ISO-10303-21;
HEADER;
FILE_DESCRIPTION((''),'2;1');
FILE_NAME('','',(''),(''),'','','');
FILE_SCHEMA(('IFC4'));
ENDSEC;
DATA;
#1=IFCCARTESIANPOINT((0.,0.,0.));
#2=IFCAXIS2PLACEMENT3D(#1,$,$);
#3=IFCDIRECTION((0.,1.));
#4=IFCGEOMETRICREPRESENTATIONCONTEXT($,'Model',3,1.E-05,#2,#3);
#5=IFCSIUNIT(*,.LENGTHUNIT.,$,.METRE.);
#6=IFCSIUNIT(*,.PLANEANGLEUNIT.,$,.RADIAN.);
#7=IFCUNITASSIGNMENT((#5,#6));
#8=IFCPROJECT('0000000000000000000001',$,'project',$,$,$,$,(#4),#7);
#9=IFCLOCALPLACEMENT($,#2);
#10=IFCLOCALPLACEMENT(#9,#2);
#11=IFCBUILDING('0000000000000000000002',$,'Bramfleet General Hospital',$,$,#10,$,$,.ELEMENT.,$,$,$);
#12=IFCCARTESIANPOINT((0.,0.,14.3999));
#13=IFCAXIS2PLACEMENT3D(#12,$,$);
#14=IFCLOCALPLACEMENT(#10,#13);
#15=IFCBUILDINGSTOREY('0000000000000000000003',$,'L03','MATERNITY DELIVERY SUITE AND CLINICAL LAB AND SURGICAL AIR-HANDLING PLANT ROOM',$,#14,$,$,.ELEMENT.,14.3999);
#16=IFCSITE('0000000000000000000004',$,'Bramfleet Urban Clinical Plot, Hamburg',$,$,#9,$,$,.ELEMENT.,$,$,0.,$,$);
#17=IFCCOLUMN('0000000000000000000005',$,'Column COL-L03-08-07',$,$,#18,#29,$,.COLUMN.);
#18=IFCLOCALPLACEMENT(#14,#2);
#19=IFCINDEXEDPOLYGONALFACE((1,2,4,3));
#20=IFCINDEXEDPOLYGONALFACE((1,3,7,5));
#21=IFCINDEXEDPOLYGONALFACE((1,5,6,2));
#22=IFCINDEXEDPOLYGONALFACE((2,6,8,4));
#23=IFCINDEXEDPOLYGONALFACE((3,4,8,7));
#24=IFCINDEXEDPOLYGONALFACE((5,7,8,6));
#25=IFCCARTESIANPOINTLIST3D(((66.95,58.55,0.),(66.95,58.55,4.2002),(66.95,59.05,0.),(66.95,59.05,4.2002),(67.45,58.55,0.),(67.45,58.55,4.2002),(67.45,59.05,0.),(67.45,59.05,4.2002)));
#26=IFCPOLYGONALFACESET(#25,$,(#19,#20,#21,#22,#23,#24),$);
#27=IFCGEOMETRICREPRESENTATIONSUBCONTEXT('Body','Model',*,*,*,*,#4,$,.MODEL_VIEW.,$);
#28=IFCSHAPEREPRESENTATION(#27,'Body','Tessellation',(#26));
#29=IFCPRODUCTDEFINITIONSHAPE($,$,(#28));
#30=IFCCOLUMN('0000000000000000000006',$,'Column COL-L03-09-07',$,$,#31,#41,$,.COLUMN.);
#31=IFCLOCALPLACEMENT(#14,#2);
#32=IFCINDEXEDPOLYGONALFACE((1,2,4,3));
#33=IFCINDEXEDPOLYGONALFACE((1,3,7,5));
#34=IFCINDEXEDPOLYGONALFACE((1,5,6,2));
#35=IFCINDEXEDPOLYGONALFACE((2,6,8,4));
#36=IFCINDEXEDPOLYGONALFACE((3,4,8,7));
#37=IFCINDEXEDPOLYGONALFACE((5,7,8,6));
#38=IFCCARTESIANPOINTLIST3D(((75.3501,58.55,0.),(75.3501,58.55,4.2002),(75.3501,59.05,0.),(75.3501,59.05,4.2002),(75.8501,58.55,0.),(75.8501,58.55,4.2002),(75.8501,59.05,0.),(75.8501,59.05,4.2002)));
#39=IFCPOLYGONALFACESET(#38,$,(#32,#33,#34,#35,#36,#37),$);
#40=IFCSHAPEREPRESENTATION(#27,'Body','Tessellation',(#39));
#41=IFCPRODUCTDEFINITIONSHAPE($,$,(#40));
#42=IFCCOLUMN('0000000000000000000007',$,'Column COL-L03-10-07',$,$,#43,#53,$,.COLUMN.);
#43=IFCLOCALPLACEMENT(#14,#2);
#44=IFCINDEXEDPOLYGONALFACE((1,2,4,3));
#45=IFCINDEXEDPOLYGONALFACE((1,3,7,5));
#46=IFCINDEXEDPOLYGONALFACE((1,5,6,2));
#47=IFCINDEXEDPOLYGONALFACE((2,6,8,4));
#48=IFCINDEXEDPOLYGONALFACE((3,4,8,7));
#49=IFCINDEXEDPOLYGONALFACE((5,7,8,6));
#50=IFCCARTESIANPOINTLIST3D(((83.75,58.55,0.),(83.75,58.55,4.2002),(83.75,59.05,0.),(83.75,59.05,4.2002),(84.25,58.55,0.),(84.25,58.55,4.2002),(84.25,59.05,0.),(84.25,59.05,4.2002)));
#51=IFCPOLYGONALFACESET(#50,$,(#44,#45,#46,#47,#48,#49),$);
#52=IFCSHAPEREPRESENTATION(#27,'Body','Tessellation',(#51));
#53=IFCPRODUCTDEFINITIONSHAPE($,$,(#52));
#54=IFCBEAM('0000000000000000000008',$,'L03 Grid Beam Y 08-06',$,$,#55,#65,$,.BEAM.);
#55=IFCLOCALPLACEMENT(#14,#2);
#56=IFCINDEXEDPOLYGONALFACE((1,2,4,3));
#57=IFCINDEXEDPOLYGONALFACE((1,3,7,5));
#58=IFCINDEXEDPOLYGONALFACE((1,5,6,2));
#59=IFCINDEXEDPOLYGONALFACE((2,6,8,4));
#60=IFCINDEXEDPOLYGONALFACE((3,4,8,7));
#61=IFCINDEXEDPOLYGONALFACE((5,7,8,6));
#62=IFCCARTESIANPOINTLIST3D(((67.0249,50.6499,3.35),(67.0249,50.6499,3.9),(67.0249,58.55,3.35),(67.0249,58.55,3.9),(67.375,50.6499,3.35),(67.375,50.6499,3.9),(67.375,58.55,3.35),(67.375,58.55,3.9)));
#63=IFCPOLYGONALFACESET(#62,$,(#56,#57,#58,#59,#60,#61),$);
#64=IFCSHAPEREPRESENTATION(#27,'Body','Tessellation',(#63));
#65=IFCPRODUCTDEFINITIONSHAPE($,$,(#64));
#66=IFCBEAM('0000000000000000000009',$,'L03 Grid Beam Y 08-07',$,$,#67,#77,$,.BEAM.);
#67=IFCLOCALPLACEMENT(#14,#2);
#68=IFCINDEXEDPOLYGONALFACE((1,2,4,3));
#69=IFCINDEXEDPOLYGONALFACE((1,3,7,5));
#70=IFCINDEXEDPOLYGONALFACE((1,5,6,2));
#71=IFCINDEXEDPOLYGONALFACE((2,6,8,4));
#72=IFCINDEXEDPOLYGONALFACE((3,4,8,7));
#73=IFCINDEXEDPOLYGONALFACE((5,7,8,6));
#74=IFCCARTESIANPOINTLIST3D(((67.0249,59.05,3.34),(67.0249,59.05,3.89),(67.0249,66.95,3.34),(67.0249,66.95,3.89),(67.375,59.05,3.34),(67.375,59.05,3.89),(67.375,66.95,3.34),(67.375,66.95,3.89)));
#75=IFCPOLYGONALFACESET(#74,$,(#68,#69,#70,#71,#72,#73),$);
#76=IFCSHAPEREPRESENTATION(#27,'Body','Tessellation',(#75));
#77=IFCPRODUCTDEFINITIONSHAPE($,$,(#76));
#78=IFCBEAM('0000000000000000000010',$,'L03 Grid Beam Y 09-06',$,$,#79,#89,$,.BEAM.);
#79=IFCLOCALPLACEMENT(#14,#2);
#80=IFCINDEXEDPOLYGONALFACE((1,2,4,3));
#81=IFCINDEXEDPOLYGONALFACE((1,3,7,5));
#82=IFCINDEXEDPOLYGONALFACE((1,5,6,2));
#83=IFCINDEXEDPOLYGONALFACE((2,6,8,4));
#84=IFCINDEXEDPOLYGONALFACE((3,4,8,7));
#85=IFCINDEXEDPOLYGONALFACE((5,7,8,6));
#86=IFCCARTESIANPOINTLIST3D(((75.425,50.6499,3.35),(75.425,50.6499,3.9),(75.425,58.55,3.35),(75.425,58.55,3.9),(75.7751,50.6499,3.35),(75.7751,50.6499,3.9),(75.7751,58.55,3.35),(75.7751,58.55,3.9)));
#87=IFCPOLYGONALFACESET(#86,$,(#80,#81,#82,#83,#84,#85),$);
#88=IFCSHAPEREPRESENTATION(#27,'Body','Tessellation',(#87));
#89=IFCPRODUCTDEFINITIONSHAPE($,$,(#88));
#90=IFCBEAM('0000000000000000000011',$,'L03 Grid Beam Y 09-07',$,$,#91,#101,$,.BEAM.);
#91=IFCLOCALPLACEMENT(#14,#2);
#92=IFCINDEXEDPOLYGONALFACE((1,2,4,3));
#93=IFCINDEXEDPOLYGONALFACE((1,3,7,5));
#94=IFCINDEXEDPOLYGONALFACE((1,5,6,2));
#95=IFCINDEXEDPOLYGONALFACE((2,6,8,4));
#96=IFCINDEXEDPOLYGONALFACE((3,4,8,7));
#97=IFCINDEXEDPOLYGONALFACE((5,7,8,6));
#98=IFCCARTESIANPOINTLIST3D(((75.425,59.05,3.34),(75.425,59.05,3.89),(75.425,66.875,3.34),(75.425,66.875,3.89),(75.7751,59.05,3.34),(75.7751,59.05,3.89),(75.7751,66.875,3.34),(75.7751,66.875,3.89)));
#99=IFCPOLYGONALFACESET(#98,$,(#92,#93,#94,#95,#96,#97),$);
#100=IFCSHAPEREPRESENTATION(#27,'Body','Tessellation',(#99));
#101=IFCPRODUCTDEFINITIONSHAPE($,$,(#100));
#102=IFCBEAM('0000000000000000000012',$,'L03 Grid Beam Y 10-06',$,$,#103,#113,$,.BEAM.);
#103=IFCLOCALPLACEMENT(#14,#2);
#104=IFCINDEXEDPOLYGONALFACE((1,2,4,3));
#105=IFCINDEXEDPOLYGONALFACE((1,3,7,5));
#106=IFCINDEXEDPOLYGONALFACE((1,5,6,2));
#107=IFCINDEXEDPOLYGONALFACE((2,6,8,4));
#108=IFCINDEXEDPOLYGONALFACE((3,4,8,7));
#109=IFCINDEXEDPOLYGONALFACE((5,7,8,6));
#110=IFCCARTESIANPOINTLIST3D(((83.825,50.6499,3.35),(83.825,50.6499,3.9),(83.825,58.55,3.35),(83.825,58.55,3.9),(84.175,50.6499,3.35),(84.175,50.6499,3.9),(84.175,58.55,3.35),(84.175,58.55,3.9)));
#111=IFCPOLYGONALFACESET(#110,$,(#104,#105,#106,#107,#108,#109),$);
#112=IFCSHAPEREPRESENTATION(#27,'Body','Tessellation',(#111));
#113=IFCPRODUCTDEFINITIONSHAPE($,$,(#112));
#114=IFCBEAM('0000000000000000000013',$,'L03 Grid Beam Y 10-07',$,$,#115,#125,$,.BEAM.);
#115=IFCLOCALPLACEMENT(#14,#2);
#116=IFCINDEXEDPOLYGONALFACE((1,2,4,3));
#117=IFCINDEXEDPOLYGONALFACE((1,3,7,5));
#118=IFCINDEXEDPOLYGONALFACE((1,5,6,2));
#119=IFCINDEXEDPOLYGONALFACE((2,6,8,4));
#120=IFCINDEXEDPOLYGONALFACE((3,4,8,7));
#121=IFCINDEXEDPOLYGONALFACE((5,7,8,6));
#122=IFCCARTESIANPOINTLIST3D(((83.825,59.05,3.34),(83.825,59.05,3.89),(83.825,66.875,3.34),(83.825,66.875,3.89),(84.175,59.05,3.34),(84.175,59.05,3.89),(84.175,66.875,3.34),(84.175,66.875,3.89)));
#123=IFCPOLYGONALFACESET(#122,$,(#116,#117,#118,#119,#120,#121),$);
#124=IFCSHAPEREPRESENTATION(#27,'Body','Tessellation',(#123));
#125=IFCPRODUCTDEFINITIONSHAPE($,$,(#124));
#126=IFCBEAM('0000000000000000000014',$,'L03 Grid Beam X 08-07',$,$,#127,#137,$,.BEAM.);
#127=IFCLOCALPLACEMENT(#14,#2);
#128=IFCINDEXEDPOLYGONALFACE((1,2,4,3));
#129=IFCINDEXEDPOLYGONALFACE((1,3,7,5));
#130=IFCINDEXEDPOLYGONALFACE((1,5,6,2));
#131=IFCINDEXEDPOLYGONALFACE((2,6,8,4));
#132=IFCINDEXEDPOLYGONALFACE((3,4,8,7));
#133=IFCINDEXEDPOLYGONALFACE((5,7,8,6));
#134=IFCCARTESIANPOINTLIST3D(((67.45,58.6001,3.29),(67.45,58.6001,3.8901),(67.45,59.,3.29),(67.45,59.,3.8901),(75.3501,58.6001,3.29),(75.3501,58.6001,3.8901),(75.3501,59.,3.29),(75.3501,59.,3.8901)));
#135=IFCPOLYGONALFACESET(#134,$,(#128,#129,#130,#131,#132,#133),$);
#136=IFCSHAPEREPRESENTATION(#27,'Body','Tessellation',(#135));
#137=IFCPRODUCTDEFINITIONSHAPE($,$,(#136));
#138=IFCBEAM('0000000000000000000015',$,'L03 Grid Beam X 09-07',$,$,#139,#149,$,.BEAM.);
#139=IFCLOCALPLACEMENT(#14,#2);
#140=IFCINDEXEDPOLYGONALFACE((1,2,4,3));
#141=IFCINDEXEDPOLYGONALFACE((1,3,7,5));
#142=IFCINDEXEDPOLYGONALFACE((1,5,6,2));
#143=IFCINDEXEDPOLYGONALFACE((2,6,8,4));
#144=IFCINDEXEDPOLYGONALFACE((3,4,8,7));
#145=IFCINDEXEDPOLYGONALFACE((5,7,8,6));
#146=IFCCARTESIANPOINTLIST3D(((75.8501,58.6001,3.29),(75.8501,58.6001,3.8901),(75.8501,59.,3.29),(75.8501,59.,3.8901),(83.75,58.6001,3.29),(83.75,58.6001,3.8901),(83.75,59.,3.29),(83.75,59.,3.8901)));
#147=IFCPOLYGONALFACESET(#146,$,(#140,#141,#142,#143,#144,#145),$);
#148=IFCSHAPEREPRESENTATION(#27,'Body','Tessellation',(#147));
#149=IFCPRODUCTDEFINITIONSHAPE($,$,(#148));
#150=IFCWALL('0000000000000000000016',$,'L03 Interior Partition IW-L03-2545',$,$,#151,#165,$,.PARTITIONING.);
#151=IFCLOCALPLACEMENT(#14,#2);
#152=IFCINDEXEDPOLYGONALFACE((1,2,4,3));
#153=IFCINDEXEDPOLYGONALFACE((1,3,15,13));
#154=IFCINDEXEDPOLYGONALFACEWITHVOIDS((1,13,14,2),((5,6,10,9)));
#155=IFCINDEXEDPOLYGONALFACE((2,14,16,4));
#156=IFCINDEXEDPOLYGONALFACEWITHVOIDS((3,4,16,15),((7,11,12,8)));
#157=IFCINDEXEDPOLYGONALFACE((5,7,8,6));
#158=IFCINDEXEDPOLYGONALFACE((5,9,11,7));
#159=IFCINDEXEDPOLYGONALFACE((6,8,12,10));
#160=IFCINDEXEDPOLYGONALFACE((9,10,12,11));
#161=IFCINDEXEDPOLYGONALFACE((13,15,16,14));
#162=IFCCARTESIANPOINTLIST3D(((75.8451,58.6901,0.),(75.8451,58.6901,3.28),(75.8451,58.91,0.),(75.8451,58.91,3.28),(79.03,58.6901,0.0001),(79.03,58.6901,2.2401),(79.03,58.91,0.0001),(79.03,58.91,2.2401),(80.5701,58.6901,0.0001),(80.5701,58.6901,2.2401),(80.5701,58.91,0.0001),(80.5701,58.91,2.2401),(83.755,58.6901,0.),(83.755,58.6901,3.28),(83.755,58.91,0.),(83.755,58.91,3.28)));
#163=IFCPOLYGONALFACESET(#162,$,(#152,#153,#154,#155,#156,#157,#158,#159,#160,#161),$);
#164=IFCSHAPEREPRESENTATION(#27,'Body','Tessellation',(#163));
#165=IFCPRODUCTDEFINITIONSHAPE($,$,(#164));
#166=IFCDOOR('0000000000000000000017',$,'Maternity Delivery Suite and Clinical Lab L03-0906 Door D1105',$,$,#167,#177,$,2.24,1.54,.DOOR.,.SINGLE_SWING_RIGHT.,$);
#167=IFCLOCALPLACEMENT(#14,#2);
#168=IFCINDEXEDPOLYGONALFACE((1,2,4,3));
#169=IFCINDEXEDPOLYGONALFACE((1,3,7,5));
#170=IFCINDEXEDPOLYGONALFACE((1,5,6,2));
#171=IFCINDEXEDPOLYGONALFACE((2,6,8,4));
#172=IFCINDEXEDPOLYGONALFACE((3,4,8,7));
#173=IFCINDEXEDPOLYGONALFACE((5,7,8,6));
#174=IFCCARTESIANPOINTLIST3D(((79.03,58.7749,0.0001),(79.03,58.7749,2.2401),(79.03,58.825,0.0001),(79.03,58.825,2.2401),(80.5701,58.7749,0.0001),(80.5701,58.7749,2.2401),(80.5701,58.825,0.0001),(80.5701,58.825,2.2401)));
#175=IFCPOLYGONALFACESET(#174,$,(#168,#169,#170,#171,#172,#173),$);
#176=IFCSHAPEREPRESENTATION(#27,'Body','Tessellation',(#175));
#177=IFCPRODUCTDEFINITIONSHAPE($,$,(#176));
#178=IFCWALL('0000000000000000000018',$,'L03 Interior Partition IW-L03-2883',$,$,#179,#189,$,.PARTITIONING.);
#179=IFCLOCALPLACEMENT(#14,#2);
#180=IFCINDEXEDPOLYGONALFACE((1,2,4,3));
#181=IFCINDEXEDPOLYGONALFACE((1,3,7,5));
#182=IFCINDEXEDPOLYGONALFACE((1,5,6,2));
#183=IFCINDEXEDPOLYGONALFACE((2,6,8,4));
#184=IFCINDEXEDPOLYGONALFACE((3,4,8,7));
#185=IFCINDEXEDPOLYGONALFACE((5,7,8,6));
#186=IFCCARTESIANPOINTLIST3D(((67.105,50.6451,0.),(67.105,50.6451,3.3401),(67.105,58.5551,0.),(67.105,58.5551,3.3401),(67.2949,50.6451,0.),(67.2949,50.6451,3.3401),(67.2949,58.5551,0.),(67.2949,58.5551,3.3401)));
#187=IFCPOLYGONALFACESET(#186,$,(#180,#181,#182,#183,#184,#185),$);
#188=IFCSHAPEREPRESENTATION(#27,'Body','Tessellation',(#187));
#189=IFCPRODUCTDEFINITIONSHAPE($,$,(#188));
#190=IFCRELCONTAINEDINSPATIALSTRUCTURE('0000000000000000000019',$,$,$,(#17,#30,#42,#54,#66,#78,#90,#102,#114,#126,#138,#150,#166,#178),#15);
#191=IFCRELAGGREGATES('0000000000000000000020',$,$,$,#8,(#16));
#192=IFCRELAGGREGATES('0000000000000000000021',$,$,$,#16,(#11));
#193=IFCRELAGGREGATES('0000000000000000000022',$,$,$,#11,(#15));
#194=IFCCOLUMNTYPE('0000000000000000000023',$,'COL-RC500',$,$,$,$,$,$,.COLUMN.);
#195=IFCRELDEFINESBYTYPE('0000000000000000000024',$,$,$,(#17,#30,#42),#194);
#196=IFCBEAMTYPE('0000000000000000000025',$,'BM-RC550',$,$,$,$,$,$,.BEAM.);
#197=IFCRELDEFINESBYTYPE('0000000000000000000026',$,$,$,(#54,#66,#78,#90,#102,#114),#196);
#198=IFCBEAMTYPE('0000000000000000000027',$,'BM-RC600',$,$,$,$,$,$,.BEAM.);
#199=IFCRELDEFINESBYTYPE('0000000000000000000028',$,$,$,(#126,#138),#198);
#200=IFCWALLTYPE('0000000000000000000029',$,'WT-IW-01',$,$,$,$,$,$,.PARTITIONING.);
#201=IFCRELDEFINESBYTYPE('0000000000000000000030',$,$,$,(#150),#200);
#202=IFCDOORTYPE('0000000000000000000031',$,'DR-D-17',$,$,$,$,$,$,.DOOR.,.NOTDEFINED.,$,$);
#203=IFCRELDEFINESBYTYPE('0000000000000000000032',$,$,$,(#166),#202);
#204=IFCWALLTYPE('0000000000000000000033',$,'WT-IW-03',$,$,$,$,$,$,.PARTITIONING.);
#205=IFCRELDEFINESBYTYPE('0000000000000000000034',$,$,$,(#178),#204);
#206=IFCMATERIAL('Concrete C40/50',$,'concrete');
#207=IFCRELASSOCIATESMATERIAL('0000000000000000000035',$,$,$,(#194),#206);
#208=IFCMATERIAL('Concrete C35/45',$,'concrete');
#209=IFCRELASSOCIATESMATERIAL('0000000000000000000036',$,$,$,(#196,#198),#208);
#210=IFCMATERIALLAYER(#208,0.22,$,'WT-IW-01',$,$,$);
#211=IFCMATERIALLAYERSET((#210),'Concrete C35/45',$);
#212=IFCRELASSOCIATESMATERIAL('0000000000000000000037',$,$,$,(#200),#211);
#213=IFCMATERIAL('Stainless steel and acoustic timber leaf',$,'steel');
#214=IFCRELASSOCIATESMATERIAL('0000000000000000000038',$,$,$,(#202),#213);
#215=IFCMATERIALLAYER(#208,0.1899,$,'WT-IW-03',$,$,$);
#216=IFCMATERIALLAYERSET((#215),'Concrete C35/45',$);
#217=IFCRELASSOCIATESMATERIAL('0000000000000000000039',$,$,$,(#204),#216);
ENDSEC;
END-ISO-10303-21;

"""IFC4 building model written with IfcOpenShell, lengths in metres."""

from ifc_helpers import new_model, si_unit, direction, frame, frame_2d, origin, origin_2d, place, context, subcontext, project, spatial, rectangle, extrude, material, layer, layer_set, material_profile, profile_set, type_object, element, fill, save


model = new_model("IFC4")

# Units and contexts
model_context = context("Model", 3, precision=1e-05, world=origin(), true_north=direction((0.0, 1.0)))
body_context = subcontext(model_context, "Body", "Model", "MODEL_VIEW")
ifc_project = project(units=[si_unit("LENGTHUNIT", "METRE"), si_unit("PLANEANGLEUNIT", "RADIAN")], contexts=[model_context])

# Site, building, storey
site_placement = place(None, origin())
site = spatial("IfcSite", under=ifc_project, at=site_placement, Name="Bramfleet Urban Clinical Plot, Hamburg", CompositionType="ELEMENT", RefElevation=0.0)
building_placement = place(site_placement, origin())
building = spatial("IfcBuilding", under=site, at=building_placement, Name="Bramfleet General Hospital", CompositionType="ELEMENT")
storey_placement = place(building_placement, frame((0.0, 0.0, 14.3999)))
storey = spatial("IfcBuildingStorey", under=building, at=storey_placement, Name="L03", Description="MATERNITY DELIVERY SUITE AND CLINICAL LAB AND SURGICAL AIR-HANDLING PLANT ROOM", CompositionType="ELEMENT", Elevation=14.3999)

# Columns
ifc_material_1 = material(Name="Concrete C40/50", Category="concrete")
ifc_material_profile_1 = material_profile(ifc_material_1, rectangle(XDim=0.5, YDim=0.5, at=origin_2d()), Name="RC COL 500x500")
ifc_profile_set_1 = profile_set([ifc_material_profile_1], Name="Concrete C40/50")
column_type = type_object("IfcColumnType", Name="COL-RC500", PredefinedType="COLUMN", material=ifc_profile_set_1)
for number, where, z_axis, x_axis, name in (
    (1, (67.2, 58.8, 0.0), (0.0, 0.0, 1.0), (1.0, 0.0, 0.0), "Column COL-L03-08-07"),
    (2, (75.6001, 58.8, 0.0), (0.0, 0.0, 1.0), (1.0, 0.0, 0.0), "Column COL-L03-09-07"),
    (3, (84.0, 58.8, 0.0), (0.0, 0.0, 1.0), (1.0, 0.0, 0.0), "Column COL-L03-10-07"),
):
    element("IfcColumn", number, at=place(storey_placement, frame(where, z_axis=z_axis, x_axis=x_axis)), inside=storey, type_object=column_type, Name=name, PredefinedType="COLUMN", context=body_context, shape_type="SweptSolid", body=[
        extrude(rectangle(XDim=0.5, YDim=0.5, at=origin_2d()), origin(), (0.0, 0.0, 1.0), 4.2002),
    ])

# Beams
ifc_material_2 = material(Name="Concrete C35/45", Category="concrete")
ifc_material_profile_2 = material_profile(ifc_material_2, rectangle(XDim=0.3501, YDim=0.55, at=origin_2d()), Name="RC BM 550x350")
ifc_profile_set_2 = profile_set([ifc_material_profile_2], Name="Concrete C35/45")
beam_type_1 = type_object("IfcBeamType", Name="BM-RC550", PredefinedType="BEAM", material=ifc_profile_set_2)
beam_1_placement = place(storey_placement, frame((67.2, 50.6499, 3.625), z_axis=(0.0, 1.0, 0.0), x_axis=(-1.0, 0.0, 0.0)))
element("IfcBeam", 4, at=beam_1_placement, inside=storey, type_object=beam_type_1, Name="L03 Grid Beam Y 08-06", PredefinedType="BEAM", context=body_context, shape_type="SweptSolid", body=[
    extrude(rectangle(XDim=0.3501, YDim=0.55, at=origin_2d()), origin(), (0.0, 0.0, 1.0), 7.9001),
])
beam_2_placement = place(storey_placement, frame((67.2, 59.05, 3.615), z_axis=(0.0, 1.0, 0.0), x_axis=(-1.0, 0.0, 0.0)))
element("IfcBeam", 5, at=beam_2_placement, inside=storey, type_object=beam_type_1, Name="L03 Grid Beam Y 08-07", PredefinedType="BEAM", context=body_context, shape_type="SweptSolid", body=[
    extrude(rectangle(XDim=0.3501, YDim=0.55, at=origin_2d()), origin(), (0.0, 0.0, 1.0), 7.8999),
])
beam_3_placement = place(storey_placement, frame((75.6001, 50.6499, 3.625), z_axis=(0.0, 1.0, 0.0), x_axis=(-1.0, 0.0, 0.0)))
element("IfcBeam", 6, at=beam_3_placement, inside=storey, type_object=beam_type_1, Name="L03 Grid Beam Y 09-06", PredefinedType="BEAM", context=body_context, shape_type="SweptSolid", body=[
    extrude(rectangle(XDim=0.3501, YDim=0.55, at=origin_2d()), origin(), (0.0, 0.0, 1.0), 7.9001),
])
beam_4_placement = place(storey_placement, frame((75.6001, 59.05, 3.615), z_axis=(0.0, 1.0, 0.0), x_axis=(-1.0, 0.0, 0.0)))
element("IfcBeam", 7, at=beam_4_placement, inside=storey, type_object=beam_type_1, Name="L03 Grid Beam Y 09-07", PredefinedType="BEAM", context=body_context, shape_type="SweptSolid", body=[
    extrude(rectangle(XDim=0.3501, YDim=0.55, at=origin_2d()), origin(), (0.0, 0.0, 1.0), 7.825),
])
beam_5_placement = place(storey_placement, frame((84.0, 50.6499, 3.625), z_axis=(0.0, 1.0, 0.0), x_axis=(-1.0, 0.0, 0.0)))
element("IfcBeam", 8, at=beam_5_placement, inside=storey, type_object=beam_type_1, Name="L03 Grid Beam Y 10-06", PredefinedType="BEAM", context=body_context, shape_type="SweptSolid", body=[
    extrude(rectangle(XDim=0.3501, YDim=0.55, at=origin_2d()), origin(), (0.0, 0.0, 1.0), 7.9001),
])
beam_6_placement = place(storey_placement, frame((84.0, 59.05, 3.615), z_axis=(0.0, 1.0, 0.0), x_axis=(-1.0, 0.0, 0.0)))
element("IfcBeam", 9, at=beam_6_placement, inside=storey, type_object=beam_type_1, Name="L03 Grid Beam Y 10-07", PredefinedType="BEAM", context=body_context, shape_type="SweptSolid", body=[
    extrude(rectangle(XDim=0.3501, YDim=0.55, at=origin_2d()), origin(), (0.0, 0.0, 1.0), 7.825),
])
ifc_material_profile_3 = material_profile(ifc_material_2, rectangle(XDim=0.3999, YDim=0.6001, at=origin_2d()), Name="RC BM 600x400")
ifc_profile_set_3 = profile_set([ifc_material_profile_3], Name="Concrete C35/45")
beam_type_2 = type_object("IfcBeamType", Name="BM-RC600", PredefinedType="BEAM", material=ifc_profile_set_3)
beam_7_placement = place(storey_placement, frame((67.45, 58.8, 3.5901), z_axis=(1.0, 0.0, 0.0), x_axis=(0.0, 1.0, 0.0)))
element("IfcBeam", 10, at=beam_7_placement, inside=storey, type_object=beam_type_2, Name="L03 Grid Beam X 08-07", PredefinedType="BEAM", context=body_context, shape_type="SweptSolid", body=[
    extrude(rectangle(XDim=0.3999, YDim=0.6001, at=origin_2d()), origin(), (0.0, 0.0, 1.0), 7.9001),
])
beam_8_placement = place(storey_placement, frame((75.8501, 58.8, 3.5901), z_axis=(1.0, 0.0, 0.0), x_axis=(0.0, 1.0, 0.0)))
element("IfcBeam", 11, at=beam_8_placement, inside=storey, type_object=beam_type_2, Name="L03 Grid Beam X 09-07", PredefinedType="BEAM", context=body_context, shape_type="SweptSolid", body=[
    extrude(rectangle(XDim=0.3999, YDim=0.6001, at=origin_2d()), origin(), (0.0, 0.0, 1.0), 7.8999),
])

# Wall, opening, door
ifc_layer_1 = layer(ifc_material_2, 0.22, Name="WT-IW-01")
ifc_layer_set_1 = layer_set([ifc_layer_1], Name="Concrete C35/45")
wall_type_1 = type_object("IfcWallType", Name="WT-IW-01", PredefinedType="PARTITIONING", material=ifc_layer_set_1)
wall_1_placement = place(storey_placement, frame((75.845, 58.8, 0.0), z_axis=(0.0, 0.0, 1.0), x_axis=(1.0, 0.0, 0.0)))
wall_1 = element("IfcWall", 12, at=wall_1_placement, inside=storey, type_object=wall_type_1, Name="L03 Interior Partition IW-L03-2545", PredefinedType="PARTITIONING", context=body_context, shape_type="SweptSolid", body=[
    extrude(rectangle(XDim=7.9099, YDim=0.22, at=frame_2d((3.9551, 0.0))), origin(), (0.0, 0.0, 1.0), 3.28),
])
opening_1_placement = place(wall_1_placement, frame((3.1851, 0.0, 0.0)))
opening_1 = element("IfcOpeningElement", 13, at=opening_1_placement, cuts=wall_1, PredefinedType="OPENING", context=body_context, shape_type="SweptSolid", body=[
    extrude(rectangle(XDim=1.54, YDim=2.24, at=frame_2d((0.77, 1.1201))), frame((0.0, 0.1199, 0.0), z_axis=(0.0, -1.0, 0.0), x_axis=(1.0, 0.0, 0.0)), (0.0, 0.0, 1.0), 0.24),
])
ifc_material_3 = material(Name="Stainless steel and acoustic timber leaf", Category="steel")
door_type_1 = type_object("IfcDoorType", Name="DR-D-17", OperationType="NOTDEFINED", PredefinedType="DOOR", material=ifc_material_3)
door_1_placement = place(opening_1_placement, origin())
door_1 = element("IfcDoor", 14, at=door_1_placement, inside=storey, type_object=door_type_1, Name="Maternity Delivery Suite and Clinical Lab L03-0906 Door D1105", OperationType="SINGLE_SWING_RIGHT", OverallHeight=2.24, OverallWidth=1.54, PredefinedType="DOOR", context=body_context, shape_type="SweptSolid", body=[
    extrude(rectangle(XDim=1.54, YDim=2.24, at=frame_2d((0.77, 1.1201))), frame((0.0, 0.0249, 0.0), z_axis=(0.0, -1.0, 0.0), x_axis=(1.0, 0.0, 0.0)), (0.0, 0.0, 1.0), 0.05),
])
fill(opening_1, door_1)

# Wall
ifc_layer_2 = layer(ifc_material_2, 0.1899, Name="WT-IW-03")
ifc_layer_set_2 = layer_set([ifc_layer_2], Name="Concrete C35/45")
wall_type_2 = type_object("IfcWallType", Name="WT-IW-03", PredefinedType="PARTITIONING", material=ifc_layer_set_2)
wall_2_placement = place(storey_placement, frame((67.2, 50.645, 0.0), z_axis=(0.0, 0.0, 1.0), x_axis=(0.0, 1.0, 0.0)))
element("IfcWall", 15, at=wall_2_placement, inside=storey, type_object=wall_type_2, Name="L03 Interior Partition IW-L03-2883", PredefinedType="PARTITIONING", context=body_context, shape_type="SweptSolid", body=[
    extrude(rectangle(XDim=7.9099, YDim=0.1899, at=frame_2d((3.9551, 0.0))), origin(), (0.0, 0.0, 1.0), 3.3401),
])

save(model, "model.ifc")
